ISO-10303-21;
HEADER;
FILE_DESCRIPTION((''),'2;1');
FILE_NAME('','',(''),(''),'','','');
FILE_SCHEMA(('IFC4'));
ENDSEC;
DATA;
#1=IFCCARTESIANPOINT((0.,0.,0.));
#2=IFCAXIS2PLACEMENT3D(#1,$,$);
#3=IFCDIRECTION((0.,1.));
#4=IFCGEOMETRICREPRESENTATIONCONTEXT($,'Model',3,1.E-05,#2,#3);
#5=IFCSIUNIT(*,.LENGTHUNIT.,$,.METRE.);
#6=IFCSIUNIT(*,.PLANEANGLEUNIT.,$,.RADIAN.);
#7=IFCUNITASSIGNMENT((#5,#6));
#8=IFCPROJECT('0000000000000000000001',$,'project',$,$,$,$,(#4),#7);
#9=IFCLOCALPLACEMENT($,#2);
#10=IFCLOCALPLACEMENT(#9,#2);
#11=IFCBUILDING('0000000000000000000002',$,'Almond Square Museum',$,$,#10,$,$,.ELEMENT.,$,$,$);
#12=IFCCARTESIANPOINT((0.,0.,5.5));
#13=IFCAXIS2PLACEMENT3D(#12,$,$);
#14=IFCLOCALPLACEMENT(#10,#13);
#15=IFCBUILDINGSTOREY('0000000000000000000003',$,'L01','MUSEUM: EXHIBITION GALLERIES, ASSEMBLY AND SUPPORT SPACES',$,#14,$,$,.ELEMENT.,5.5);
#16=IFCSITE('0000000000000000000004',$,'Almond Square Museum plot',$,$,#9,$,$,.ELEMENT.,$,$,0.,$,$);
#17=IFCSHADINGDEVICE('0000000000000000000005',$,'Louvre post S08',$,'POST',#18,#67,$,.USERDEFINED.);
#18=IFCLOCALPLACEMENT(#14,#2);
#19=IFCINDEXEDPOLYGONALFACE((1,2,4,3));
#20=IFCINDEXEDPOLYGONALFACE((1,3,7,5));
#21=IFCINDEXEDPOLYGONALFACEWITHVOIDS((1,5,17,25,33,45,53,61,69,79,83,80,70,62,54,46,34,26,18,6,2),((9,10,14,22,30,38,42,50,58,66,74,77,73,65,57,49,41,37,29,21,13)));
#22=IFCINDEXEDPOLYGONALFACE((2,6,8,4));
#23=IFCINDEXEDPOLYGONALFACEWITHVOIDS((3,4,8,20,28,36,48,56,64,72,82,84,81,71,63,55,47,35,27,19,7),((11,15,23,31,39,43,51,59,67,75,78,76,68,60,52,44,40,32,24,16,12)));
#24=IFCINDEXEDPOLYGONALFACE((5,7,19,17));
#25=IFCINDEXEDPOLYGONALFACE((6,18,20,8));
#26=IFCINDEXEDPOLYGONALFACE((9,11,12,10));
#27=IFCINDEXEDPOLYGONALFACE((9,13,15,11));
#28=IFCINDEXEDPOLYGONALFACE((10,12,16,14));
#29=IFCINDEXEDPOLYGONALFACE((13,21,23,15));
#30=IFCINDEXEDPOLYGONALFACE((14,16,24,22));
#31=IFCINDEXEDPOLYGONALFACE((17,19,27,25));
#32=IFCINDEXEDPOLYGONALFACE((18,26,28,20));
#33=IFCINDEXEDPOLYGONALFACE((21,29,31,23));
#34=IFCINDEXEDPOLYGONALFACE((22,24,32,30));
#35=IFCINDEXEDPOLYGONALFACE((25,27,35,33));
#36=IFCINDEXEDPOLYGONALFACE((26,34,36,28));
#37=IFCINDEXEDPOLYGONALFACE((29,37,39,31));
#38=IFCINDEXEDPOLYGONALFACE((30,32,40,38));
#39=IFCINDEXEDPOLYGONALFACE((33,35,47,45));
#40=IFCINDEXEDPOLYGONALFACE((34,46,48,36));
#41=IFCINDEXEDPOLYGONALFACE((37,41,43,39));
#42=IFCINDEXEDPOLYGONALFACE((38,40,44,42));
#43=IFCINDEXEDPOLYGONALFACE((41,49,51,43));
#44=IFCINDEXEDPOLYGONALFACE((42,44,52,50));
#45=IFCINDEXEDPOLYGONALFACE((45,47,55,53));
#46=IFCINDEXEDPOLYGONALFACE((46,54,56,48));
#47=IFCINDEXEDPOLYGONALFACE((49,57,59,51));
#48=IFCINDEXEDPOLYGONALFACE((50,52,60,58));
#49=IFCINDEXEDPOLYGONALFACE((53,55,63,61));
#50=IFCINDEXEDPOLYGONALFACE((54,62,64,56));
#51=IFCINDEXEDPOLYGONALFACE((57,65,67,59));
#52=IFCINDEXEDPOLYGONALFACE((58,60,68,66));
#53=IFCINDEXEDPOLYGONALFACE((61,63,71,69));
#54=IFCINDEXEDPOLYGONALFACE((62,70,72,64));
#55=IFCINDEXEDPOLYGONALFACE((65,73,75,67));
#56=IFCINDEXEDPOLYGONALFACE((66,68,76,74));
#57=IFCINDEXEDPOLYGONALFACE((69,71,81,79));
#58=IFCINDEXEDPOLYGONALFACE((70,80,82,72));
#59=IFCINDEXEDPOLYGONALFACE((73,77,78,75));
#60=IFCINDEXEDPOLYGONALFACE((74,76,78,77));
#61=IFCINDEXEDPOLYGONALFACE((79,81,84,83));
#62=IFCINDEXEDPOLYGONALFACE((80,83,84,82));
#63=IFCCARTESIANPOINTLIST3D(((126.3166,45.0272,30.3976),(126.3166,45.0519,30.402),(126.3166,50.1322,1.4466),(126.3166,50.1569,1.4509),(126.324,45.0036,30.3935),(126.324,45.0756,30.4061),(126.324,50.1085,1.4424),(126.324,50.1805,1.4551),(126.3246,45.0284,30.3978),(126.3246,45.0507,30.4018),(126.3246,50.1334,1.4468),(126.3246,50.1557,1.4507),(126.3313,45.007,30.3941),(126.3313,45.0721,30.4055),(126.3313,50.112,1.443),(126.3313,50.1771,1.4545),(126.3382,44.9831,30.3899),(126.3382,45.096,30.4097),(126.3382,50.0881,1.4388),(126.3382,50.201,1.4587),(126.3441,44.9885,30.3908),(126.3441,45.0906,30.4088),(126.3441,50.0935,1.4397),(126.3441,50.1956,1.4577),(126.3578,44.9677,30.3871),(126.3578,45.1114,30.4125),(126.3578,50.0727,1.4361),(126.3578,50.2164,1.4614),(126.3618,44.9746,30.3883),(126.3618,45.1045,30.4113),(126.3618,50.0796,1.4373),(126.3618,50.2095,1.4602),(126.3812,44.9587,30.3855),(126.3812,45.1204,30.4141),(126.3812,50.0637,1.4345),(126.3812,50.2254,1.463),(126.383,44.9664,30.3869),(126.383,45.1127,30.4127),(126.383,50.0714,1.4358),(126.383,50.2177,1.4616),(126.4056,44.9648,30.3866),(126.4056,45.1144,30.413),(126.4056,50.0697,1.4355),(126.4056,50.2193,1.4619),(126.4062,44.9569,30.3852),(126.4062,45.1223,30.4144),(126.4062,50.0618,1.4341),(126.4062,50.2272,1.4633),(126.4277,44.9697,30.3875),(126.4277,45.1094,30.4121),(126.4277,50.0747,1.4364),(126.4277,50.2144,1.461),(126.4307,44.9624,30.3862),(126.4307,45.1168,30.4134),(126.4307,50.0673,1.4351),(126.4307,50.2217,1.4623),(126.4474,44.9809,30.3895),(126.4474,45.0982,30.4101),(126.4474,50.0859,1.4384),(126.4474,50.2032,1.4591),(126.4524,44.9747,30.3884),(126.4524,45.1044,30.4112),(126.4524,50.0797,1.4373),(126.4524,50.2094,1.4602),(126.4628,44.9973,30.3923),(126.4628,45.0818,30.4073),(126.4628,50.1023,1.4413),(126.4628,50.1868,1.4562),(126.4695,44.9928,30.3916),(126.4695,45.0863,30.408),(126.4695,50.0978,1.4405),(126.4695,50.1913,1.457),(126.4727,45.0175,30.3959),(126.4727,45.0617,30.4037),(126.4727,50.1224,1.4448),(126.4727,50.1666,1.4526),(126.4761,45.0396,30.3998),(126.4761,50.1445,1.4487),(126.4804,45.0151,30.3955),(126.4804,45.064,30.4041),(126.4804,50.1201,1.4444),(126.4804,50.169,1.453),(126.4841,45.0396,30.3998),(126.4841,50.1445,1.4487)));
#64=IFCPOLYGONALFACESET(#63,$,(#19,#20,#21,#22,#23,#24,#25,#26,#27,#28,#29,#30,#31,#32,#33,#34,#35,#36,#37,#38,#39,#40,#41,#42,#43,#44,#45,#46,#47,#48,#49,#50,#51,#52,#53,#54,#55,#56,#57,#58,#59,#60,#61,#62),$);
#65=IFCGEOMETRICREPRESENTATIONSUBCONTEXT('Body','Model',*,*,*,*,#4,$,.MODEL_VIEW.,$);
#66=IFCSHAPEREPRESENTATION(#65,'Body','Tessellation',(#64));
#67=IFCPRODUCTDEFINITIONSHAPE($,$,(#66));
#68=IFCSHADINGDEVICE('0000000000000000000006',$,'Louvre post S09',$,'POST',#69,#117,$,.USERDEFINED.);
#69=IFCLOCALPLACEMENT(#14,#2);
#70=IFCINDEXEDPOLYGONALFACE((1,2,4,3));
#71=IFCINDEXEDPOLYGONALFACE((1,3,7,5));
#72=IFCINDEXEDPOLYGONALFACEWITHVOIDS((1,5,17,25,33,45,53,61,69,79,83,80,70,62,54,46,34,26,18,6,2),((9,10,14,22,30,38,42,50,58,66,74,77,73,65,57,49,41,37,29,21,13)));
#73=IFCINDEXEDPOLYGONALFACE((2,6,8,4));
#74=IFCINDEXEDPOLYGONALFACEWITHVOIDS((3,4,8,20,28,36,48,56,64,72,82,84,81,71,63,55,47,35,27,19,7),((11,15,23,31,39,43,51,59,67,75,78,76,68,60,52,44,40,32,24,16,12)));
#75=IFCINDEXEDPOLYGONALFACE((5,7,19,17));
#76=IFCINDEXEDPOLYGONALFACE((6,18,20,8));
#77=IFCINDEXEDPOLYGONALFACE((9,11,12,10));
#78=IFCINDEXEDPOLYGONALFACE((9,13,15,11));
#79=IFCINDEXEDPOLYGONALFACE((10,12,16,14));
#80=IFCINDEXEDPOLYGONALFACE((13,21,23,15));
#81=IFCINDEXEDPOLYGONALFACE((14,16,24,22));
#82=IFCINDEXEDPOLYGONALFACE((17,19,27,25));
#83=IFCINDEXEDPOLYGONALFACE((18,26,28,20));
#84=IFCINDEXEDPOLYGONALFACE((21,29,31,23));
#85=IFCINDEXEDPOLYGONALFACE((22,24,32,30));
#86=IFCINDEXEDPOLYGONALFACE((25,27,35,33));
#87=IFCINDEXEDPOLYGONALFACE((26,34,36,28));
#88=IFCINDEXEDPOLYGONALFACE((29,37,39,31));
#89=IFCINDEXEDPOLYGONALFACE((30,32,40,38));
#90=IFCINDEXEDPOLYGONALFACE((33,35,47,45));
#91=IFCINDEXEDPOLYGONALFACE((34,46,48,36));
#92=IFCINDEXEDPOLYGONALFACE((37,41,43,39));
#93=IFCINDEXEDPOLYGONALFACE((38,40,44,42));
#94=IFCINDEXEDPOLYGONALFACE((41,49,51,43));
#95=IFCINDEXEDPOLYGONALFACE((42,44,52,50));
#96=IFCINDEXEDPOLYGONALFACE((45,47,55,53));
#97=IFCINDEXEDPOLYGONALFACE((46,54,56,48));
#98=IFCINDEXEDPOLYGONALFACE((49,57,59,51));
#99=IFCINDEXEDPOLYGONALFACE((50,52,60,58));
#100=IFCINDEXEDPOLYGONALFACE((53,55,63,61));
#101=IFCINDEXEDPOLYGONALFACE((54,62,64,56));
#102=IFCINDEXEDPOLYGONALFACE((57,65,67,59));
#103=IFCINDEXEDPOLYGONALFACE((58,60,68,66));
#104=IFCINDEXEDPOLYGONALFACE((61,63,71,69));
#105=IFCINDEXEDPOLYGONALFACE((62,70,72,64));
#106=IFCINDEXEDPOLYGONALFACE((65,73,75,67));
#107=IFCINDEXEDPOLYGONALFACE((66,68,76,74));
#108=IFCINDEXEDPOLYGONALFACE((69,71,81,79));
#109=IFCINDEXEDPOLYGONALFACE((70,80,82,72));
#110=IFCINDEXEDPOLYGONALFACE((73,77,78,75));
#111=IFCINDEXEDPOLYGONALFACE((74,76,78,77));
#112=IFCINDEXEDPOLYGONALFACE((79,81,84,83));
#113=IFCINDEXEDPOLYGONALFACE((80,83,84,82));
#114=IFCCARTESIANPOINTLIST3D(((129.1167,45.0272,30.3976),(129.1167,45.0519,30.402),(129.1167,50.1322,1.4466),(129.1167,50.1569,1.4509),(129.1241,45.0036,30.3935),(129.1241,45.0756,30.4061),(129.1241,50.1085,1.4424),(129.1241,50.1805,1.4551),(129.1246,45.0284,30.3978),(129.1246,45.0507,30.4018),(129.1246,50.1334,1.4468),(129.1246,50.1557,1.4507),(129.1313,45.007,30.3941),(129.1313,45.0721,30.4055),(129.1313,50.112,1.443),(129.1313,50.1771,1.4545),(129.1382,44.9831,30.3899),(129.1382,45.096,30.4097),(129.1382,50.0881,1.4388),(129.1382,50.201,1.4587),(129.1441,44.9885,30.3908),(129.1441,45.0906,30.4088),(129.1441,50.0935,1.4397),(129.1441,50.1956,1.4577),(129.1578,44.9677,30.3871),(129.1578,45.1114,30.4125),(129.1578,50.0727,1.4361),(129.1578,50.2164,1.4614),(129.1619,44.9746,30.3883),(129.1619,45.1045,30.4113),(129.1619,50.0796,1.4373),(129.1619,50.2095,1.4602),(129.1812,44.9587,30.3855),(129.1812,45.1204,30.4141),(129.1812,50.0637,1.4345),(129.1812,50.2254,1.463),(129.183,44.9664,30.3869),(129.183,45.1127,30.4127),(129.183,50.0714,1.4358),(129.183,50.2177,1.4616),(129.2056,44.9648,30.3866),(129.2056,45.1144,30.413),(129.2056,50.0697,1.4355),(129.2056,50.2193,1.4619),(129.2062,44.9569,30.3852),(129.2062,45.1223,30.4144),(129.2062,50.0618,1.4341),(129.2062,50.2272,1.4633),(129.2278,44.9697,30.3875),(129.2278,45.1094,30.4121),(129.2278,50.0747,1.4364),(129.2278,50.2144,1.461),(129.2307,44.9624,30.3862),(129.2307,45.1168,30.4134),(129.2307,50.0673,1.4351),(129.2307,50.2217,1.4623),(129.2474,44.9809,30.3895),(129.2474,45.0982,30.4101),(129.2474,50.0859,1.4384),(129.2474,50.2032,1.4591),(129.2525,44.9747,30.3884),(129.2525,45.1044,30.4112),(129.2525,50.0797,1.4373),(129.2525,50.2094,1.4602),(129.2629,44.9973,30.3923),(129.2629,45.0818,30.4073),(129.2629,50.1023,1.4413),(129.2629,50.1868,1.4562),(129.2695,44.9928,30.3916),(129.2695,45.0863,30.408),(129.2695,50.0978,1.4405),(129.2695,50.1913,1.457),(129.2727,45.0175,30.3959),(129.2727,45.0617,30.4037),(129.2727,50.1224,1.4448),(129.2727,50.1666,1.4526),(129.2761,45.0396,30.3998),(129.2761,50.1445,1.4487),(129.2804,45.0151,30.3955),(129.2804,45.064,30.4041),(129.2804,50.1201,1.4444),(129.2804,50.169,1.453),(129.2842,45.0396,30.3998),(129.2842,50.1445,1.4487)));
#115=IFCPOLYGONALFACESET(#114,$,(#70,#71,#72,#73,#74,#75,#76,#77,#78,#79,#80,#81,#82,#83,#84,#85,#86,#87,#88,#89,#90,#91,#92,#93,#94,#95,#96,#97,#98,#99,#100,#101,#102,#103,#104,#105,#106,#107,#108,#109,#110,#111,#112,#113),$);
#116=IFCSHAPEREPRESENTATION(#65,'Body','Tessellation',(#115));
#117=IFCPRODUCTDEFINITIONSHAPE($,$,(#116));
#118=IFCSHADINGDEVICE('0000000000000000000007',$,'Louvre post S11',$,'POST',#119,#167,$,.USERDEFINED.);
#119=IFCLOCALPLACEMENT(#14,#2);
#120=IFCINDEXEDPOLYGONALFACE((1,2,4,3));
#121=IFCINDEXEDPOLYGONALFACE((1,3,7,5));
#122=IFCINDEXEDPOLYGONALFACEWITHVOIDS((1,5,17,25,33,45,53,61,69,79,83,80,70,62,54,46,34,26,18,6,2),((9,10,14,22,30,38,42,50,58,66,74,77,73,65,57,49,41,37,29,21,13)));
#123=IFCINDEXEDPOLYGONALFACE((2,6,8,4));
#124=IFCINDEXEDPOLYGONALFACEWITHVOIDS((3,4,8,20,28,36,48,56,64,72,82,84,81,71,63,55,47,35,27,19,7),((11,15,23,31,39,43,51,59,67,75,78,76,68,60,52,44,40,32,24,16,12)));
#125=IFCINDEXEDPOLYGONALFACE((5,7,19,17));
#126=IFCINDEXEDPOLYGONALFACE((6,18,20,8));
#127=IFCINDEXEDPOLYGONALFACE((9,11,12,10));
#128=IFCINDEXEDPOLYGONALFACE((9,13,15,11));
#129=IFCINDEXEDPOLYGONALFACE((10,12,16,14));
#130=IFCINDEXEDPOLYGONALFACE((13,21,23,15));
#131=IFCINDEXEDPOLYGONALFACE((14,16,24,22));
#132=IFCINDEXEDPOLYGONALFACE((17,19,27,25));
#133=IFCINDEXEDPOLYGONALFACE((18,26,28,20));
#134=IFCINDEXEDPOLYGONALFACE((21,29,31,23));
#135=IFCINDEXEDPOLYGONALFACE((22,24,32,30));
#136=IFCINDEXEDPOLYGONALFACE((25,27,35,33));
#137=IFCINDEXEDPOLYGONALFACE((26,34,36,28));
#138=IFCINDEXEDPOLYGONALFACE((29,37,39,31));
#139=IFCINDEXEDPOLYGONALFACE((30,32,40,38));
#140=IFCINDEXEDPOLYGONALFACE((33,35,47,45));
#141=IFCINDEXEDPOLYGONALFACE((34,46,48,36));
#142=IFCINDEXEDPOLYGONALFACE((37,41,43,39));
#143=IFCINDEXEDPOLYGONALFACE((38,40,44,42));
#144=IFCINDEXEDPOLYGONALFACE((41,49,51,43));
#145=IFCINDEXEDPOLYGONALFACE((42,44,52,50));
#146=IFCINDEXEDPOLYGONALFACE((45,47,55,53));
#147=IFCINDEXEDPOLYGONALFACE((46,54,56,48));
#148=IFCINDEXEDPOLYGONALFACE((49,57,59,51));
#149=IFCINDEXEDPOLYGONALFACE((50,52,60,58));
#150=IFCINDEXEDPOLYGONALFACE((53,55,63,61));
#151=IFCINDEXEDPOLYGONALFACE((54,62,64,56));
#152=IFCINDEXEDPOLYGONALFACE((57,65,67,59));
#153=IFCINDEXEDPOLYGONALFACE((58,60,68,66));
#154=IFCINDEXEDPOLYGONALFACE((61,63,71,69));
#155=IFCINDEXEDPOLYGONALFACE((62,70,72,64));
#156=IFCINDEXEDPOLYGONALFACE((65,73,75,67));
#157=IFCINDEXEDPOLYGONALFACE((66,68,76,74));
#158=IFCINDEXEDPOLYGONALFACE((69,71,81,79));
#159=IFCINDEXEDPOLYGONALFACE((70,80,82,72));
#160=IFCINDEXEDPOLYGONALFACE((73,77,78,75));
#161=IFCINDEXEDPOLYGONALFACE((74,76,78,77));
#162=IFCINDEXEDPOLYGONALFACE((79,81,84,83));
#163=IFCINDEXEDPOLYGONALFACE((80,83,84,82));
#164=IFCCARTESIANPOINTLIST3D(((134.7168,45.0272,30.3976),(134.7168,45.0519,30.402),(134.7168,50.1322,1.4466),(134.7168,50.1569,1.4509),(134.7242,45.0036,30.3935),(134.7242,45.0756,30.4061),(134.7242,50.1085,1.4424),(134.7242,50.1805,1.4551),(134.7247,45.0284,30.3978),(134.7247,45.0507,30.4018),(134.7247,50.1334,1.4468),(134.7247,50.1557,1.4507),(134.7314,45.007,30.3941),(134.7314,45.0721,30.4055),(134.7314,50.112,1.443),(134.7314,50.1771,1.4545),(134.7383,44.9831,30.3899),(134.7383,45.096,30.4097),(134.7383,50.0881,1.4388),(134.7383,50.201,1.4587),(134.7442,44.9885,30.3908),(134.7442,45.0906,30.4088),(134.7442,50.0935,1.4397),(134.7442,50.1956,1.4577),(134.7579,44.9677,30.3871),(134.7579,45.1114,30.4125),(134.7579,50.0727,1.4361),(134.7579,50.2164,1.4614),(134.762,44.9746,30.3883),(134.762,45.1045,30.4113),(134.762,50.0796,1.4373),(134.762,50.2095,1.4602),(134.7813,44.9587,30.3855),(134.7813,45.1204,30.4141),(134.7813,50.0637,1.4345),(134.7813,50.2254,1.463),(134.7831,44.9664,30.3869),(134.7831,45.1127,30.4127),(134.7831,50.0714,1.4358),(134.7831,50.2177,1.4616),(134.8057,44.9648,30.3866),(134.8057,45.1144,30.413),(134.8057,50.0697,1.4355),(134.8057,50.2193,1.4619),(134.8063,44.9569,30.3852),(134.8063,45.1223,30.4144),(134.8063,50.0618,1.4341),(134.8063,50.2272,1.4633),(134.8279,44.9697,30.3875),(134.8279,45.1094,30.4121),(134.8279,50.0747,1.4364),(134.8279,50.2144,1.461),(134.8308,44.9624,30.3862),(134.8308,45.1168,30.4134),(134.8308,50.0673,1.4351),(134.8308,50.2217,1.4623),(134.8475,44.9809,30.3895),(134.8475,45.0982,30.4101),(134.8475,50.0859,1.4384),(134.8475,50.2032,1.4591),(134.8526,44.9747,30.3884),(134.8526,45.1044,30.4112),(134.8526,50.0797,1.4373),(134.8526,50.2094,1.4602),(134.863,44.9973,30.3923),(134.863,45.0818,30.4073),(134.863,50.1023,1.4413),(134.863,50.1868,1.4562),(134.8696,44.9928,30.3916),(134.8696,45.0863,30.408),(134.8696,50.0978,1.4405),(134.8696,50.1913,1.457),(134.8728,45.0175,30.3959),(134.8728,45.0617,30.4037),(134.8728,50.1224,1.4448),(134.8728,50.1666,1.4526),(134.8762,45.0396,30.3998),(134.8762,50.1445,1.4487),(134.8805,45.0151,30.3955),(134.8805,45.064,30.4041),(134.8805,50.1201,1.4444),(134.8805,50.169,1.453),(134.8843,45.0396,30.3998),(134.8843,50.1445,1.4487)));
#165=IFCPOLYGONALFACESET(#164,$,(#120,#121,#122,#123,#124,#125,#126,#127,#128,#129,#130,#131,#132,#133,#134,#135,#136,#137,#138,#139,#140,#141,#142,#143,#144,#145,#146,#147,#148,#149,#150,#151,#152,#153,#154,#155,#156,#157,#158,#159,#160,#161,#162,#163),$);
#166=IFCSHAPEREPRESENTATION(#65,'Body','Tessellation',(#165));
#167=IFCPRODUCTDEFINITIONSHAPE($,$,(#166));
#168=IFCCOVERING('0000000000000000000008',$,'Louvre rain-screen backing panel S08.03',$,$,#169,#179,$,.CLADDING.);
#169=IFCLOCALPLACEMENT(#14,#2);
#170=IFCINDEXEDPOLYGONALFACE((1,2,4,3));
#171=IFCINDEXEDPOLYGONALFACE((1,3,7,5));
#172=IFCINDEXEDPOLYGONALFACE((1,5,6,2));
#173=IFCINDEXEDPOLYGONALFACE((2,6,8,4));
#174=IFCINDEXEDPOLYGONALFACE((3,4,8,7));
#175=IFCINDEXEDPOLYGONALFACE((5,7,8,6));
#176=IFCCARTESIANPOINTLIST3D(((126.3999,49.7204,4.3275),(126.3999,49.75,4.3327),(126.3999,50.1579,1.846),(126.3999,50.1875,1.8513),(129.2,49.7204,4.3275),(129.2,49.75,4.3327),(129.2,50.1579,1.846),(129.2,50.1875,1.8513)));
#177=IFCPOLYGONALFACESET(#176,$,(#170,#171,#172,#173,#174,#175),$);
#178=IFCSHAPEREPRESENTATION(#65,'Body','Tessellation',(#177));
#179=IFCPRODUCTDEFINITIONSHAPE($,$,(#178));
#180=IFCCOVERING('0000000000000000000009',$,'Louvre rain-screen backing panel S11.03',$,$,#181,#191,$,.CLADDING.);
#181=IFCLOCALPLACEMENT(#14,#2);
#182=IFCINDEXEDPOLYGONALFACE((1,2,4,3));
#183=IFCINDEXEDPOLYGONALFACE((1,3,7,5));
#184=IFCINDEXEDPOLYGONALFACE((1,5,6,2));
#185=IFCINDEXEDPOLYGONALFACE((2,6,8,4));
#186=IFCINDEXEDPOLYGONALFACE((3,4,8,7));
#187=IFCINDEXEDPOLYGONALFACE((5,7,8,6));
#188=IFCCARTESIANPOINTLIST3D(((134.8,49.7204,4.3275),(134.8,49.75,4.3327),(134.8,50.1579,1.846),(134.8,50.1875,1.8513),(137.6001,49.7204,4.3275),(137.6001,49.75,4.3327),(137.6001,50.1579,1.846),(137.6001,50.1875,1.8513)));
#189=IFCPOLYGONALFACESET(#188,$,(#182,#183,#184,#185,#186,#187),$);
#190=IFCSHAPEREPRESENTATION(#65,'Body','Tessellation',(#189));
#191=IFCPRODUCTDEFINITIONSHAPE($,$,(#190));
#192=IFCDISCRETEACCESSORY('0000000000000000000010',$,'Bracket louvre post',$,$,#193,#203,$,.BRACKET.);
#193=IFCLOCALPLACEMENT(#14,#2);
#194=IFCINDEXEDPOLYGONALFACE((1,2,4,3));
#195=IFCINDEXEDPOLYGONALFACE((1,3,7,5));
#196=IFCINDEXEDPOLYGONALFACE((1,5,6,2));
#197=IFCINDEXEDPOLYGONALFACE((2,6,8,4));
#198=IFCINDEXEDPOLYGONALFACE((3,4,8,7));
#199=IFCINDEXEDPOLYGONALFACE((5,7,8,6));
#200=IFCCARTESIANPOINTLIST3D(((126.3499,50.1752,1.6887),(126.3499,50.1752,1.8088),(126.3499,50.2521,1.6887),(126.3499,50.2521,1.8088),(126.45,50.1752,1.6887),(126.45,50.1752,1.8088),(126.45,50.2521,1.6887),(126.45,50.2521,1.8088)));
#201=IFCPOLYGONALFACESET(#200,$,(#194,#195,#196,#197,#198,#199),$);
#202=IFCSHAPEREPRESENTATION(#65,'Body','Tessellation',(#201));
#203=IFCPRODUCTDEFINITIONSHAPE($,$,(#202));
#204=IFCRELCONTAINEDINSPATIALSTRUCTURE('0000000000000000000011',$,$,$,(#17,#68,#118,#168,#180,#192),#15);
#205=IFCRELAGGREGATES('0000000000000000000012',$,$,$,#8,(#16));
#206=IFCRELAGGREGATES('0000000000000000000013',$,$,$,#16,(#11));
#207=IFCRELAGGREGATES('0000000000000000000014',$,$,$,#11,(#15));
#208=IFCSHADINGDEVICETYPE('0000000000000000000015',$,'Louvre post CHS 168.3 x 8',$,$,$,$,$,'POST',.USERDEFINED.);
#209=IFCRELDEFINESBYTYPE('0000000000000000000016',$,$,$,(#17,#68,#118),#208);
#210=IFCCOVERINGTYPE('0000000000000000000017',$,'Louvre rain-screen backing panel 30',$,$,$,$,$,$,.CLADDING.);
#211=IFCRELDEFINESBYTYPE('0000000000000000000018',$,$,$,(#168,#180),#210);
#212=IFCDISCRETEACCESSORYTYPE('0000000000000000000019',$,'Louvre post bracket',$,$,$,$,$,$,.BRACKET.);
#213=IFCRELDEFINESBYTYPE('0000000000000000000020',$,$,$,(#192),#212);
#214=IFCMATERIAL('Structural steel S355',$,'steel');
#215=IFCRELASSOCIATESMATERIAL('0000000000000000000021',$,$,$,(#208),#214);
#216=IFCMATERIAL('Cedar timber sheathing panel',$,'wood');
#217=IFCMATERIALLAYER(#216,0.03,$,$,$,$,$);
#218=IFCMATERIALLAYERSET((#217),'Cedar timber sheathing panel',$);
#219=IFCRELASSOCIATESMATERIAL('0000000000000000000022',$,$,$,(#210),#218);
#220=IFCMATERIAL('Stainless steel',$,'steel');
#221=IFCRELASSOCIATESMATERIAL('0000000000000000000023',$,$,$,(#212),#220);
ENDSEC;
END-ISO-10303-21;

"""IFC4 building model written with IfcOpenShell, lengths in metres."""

from ifc_helpers import new_model, si_unit, direction, frame, origin, origin_2d, place, context, subcontext, project, spatial, polyline, rectangle, hollow_circle, outline, extrude, material, layer, layer_set, material_profile, profile_set, type_object, element, save


model = new_model("IFC4")

# Units and contexts
model_context = context("Model", 3, precision=1e-05, world=origin(), true_north=direction((0.0, 1.0)))
body_context = subcontext(model_context, "Body", "Model", "MODEL_VIEW")
ifc_project = project(units=[si_unit("LENGTHUNIT", "METRE"), si_unit("PLANEANGLEUNIT", "RADIAN")], contexts=[model_context])

# Site, building, storey
site_placement = place(None, origin())
site = spatial("IfcSite", under=ifc_project, at=site_placement, Name="Almond Square Museum plot", CompositionType="ELEMENT", RefElevation=0.0)
building_placement = place(site_placement, origin())
building = spatial("IfcBuilding", under=site, at=building_placement, Name="Almond Square Museum", CompositionType="ELEMENT")
storey_placement = place(building_placement, frame((0.0, 0.0, 5.5)))
storey = spatial("IfcBuildingStorey", under=building, at=storey_placement, Name="L01", Description="MUSEUM: EXHIBITION GALLERIES, ASSEMBLY AND SUPPORT SPACES", CompositionType="ELEMENT", Elevation=5.5)

# Shading devices
ifc_material_1 = material(Name="Structural steel S355", Category="steel")
ifc_material_profile_1 = material_profile(ifc_material_1, hollow_circle(Radius=0.0842, WallThickness=0.0081, at=origin_2d()))
ifc_profile_set_1 = profile_set([ifc_material_profile_1], Name="Structural steel S355")
shading_device_type = type_object("IfcShadingDeviceType", Name="Louvre post CHS 168.3 x 8", ElementType="POST", PredefinedType="USERDEFINED", material=ifc_profile_set_1)
for number, where, z_axis, x_axis, name in (
    (1, (126.3999, 50.1445, 1.4487), (0.0, -0.173652, 0.984807), (1.0, 0.0, 0.0), "Louvre post S08"),
    (2, (129.2, 50.1445, 1.4487), (0.0, -0.173652, 0.984807), (1.0, 0.0, 0.0), "Louvre post S09"),
    (3, (134.8, 50.1445, 1.4487), (0.0, -0.173652, 0.984807), (1.0, 0.0, 0.0), "Louvre post S11"),
):
    element("IfcShadingDevice", number, at=place(storey_placement, frame(where, z_axis=z_axis, x_axis=x_axis)), inside=storey, type_object=shading_device_type, Name=name, ObjectType="POST", PredefinedType="USERDEFINED", context=body_context, shape_type="SweptSolid", body=[
        extrude(hollow_circle(Radius=0.0842, WallThickness=0.0081, at=origin_2d()), origin(), (0.0, 0.0, 1.0), 29.3977),
    ])

# Coverings
ifc_material_2 = material(Name="Cedar timber sheathing panel", Category="wood")
ifc_layer_1 = layer(ifc_material_2, 0.03)
ifc_layer_set_1 = layer_set([ifc_layer_1], Name="Cedar timber sheathing panel")
covering_type = type_object("IfcCoveringType", Name="Louvre rain-screen backing panel 30", PredefinedType="CLADDING", material=ifc_layer_set_1)
for number, where, z_axis, x_axis, name in (
    (4, (126.3999, 50.1726, 1.8486), (0.0, -0.984811, -0.173631), (1.0, 0.0, 0.0), "Louvre rain-screen backing panel S08.03"),
    (5, (134.8, 50.1726, 1.8486), (0.0, -0.984811, -0.173631), (1.0, 0.0, 0.0), "Louvre rain-screen backing panel S11.03"),
):
    element("IfcCovering", number, at=place(storey_placement, frame(where, z_axis=z_axis, x_axis=x_axis)), inside=storey, type_object=covering_type, Name=name, PredefinedType="CLADDING", context=body_context, shape_type="SweptSolid", body=[
        extrude(outline(polyline([(0.0, 0.0), (2.8, 0.0), (2.8, 2.5197), (0.0, 2.5197), (0.0, 0.0)])), frame((0.0, 0.0, -0.0151)), (0.0, 0.0, 1.0), 0.03),
    ])

# Discrete accessory
ifc_material_3 = material(Name="Stainless steel", Category="steel")
discrete_accessory_type = type_object("IfcDiscreteAccessoryType", Name="Louvre post bracket", PredefinedType="BRACKET", material=ifc_material_3)
for number, where, z_axis, x_axis, name in (
    (6, (126.3999, 50.2136, 1.6887), (0.0, 0.0, 1.0), (1.0, 0.0, 0.0), "Bracket louvre post"),
):
    element("IfcDiscreteAccessory", number, at=place(storey_placement, frame(where, z_axis=z_axis, x_axis=x_axis)), inside=storey, type_object=discrete_accessory_type, Name=name, PredefinedType="BRACKET", context=body_context, shape_type="SweptSolid", body=[
        extrude(rectangle(XDim=0.1001, YDim=0.0769, at=origin_2d()), origin(), (0.0, 0.0, 1.0), 0.1201),
    ])

save(model, "model.ifc")
